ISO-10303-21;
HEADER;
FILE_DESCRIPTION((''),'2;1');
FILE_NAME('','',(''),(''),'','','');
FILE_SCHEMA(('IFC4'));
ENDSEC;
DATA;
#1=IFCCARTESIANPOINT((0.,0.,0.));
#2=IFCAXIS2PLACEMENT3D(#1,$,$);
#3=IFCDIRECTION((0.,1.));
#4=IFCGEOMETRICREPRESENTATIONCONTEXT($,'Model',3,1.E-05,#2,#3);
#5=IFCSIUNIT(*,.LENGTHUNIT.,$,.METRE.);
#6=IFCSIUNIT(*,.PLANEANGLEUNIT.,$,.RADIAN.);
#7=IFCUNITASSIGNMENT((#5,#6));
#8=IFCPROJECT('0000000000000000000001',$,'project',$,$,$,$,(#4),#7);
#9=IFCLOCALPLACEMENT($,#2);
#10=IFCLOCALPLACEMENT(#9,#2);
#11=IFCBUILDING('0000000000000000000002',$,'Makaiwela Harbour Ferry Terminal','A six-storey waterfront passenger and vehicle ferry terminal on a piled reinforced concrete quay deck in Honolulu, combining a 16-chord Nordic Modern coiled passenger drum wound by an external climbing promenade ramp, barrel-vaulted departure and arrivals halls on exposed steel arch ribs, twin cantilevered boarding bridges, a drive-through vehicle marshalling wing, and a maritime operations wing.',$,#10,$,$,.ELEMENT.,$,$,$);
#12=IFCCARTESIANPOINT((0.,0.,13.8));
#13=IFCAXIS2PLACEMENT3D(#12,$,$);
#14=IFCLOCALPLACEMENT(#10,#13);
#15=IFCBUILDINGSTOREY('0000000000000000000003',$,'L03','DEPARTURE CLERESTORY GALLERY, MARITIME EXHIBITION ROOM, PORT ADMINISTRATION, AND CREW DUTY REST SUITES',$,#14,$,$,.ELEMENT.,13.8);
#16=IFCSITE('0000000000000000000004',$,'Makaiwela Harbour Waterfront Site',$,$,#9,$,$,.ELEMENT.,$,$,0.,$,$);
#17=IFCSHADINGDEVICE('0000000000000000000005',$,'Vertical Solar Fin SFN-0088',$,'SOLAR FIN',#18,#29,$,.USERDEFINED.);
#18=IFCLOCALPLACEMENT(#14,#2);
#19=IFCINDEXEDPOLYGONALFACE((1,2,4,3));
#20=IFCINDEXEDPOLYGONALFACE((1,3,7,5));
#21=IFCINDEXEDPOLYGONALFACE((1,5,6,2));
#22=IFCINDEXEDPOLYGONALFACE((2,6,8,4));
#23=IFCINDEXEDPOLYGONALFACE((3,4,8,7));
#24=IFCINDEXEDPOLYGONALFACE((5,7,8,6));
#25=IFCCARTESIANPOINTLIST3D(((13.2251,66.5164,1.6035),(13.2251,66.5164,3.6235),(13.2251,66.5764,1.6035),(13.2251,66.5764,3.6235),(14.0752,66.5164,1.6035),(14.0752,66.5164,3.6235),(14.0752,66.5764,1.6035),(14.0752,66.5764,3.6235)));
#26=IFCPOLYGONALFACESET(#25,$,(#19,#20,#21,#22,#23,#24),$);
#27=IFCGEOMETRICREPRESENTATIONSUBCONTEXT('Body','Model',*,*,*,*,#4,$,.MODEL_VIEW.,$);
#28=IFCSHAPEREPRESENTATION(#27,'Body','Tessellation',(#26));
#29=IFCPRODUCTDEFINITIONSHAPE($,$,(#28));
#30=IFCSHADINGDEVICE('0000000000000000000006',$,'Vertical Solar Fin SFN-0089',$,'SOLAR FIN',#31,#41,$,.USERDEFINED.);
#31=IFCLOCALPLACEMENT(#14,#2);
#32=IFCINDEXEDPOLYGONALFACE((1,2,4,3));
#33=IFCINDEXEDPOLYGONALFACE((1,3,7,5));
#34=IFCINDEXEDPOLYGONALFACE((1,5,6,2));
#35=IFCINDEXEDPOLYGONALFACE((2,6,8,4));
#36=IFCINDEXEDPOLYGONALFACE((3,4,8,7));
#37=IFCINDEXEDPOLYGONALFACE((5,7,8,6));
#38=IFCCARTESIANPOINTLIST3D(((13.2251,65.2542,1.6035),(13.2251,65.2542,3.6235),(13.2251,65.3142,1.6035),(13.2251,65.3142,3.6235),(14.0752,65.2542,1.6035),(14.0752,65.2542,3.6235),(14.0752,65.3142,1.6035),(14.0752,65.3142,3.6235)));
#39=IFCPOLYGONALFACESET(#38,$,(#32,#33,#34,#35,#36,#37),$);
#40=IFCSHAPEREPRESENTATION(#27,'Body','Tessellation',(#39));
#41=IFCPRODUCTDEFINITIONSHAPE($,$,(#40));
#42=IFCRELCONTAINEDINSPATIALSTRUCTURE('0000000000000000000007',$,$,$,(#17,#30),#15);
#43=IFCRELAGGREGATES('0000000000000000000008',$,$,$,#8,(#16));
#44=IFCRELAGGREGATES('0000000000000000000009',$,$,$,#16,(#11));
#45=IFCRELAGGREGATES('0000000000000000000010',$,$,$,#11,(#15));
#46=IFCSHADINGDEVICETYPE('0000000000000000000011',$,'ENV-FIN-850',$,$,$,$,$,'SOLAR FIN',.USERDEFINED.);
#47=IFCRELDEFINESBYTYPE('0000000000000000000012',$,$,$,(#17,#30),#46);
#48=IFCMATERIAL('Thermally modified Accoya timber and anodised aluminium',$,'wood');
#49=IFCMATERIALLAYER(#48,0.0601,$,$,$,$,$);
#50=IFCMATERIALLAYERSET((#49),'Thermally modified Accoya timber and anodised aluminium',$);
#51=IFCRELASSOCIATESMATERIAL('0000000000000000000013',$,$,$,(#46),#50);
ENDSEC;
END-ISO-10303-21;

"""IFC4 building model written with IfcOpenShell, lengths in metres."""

from ifc_helpers import new_model, si_unit, direction, frame, origin, origin_2d, place, context, subcontext, project, spatial, rectangle, extrude, material, layer, layer_set, type_object, element, save


model = new_model("IFC4")

# Units and contexts
model_context = context("Model", 3, precision=1e-05, world=origin(), true_north=direction((0.0, 1.0)))
body_context = subcontext(model_context, "Body", "Model", "MODEL_VIEW")
ifc_project = project(units=[si_unit("LENGTHUNIT", "METRE"), si_unit("PLANEANGLEUNIT", "RADIAN")], contexts=[model_context])

# Site, building, storey
site_placement = place(None, origin())
site = spatial("IfcSite", under=ifc_project, at=site_placement, Name="Makaiwela Harbour Waterfront Site", CompositionType="ELEMENT", RefElevation=0.0)
building_placement = place(site_placement, origin())
building = spatial("IfcBuilding", under=site, at=building_placement, Name="Makaiwela Harbour Ferry Terminal", Description="A six-storey waterfront passenger and vehicle ferry terminal on a piled reinforced concrete quay deck in Honolulu, combining a 16-chord Nordic Modern coiled passenger drum wound by an external climbing promenade ramp, barrel-vaulted departure and arrivals halls on exposed steel arch ribs, twin cantilevered boarding bridges, a drive-through vehicle marshalling wing, and a maritime operations wing.", CompositionType="ELEMENT")
storey_placement = place(building_placement, frame((0.0, 0.0, 13.8)))
storey = spatial("IfcBuildingStorey", under=building, at=storey_placement, Name="L03", Description="DEPARTURE CLERESTORY GALLERY, MARITIME EXHIBITION ROOM, PORT ADMINISTRATION, AND CREW DUTY REST SUITES", CompositionType="ELEMENT", Elevation=13.8)

# Shading devices
ifc_material_1 = material(Name="Thermally modified Accoya timber and anodised aluminium", Category="wood")
ifc_layer_1 = layer(ifc_material_1, 0.0601)
ifc_layer_set_1 = layer_set([ifc_layer_1], Name="Thermally modified Accoya timber and anodised aluminium")
shading_device_type = type_object("IfcShadingDeviceType", Name="ENV-FIN-850", ElementType="SOLAR FIN", PredefinedType="USERDEFINED", material=ifc_layer_set_1)
for number, where, z_axis, x_axis, name in (
    (1, (13.6501, 66.5464, 1.6035), (0.0, 0.0, 1.0), (-1.0, 0.0, 0.0), "Vertical Solar Fin SFN-0088"),
    (2, (13.6501, 65.2842, 1.6035), (0.0, 0.0, 1.0), (-1.0, 0.0, 0.0), "Vertical Solar Fin SFN-0089"),
):
    element("IfcShadingDevice", number, at=place(storey_placement, frame(where, z_axis=z_axis, x_axis=x_axis)), inside=storey, type_object=shading_device_type, Name=name, ObjectType="SOLAR FIN", PredefinedType="USERDEFINED", context=body_context, shape_type="SweptSolid", body=[
        extrude(rectangle(XDim=0.8501, YDim=0.0601, at=origin_2d()), origin(), (0.0, 0.0, 1.0), 2.02),
    ])

save(model, "model.ifc")
